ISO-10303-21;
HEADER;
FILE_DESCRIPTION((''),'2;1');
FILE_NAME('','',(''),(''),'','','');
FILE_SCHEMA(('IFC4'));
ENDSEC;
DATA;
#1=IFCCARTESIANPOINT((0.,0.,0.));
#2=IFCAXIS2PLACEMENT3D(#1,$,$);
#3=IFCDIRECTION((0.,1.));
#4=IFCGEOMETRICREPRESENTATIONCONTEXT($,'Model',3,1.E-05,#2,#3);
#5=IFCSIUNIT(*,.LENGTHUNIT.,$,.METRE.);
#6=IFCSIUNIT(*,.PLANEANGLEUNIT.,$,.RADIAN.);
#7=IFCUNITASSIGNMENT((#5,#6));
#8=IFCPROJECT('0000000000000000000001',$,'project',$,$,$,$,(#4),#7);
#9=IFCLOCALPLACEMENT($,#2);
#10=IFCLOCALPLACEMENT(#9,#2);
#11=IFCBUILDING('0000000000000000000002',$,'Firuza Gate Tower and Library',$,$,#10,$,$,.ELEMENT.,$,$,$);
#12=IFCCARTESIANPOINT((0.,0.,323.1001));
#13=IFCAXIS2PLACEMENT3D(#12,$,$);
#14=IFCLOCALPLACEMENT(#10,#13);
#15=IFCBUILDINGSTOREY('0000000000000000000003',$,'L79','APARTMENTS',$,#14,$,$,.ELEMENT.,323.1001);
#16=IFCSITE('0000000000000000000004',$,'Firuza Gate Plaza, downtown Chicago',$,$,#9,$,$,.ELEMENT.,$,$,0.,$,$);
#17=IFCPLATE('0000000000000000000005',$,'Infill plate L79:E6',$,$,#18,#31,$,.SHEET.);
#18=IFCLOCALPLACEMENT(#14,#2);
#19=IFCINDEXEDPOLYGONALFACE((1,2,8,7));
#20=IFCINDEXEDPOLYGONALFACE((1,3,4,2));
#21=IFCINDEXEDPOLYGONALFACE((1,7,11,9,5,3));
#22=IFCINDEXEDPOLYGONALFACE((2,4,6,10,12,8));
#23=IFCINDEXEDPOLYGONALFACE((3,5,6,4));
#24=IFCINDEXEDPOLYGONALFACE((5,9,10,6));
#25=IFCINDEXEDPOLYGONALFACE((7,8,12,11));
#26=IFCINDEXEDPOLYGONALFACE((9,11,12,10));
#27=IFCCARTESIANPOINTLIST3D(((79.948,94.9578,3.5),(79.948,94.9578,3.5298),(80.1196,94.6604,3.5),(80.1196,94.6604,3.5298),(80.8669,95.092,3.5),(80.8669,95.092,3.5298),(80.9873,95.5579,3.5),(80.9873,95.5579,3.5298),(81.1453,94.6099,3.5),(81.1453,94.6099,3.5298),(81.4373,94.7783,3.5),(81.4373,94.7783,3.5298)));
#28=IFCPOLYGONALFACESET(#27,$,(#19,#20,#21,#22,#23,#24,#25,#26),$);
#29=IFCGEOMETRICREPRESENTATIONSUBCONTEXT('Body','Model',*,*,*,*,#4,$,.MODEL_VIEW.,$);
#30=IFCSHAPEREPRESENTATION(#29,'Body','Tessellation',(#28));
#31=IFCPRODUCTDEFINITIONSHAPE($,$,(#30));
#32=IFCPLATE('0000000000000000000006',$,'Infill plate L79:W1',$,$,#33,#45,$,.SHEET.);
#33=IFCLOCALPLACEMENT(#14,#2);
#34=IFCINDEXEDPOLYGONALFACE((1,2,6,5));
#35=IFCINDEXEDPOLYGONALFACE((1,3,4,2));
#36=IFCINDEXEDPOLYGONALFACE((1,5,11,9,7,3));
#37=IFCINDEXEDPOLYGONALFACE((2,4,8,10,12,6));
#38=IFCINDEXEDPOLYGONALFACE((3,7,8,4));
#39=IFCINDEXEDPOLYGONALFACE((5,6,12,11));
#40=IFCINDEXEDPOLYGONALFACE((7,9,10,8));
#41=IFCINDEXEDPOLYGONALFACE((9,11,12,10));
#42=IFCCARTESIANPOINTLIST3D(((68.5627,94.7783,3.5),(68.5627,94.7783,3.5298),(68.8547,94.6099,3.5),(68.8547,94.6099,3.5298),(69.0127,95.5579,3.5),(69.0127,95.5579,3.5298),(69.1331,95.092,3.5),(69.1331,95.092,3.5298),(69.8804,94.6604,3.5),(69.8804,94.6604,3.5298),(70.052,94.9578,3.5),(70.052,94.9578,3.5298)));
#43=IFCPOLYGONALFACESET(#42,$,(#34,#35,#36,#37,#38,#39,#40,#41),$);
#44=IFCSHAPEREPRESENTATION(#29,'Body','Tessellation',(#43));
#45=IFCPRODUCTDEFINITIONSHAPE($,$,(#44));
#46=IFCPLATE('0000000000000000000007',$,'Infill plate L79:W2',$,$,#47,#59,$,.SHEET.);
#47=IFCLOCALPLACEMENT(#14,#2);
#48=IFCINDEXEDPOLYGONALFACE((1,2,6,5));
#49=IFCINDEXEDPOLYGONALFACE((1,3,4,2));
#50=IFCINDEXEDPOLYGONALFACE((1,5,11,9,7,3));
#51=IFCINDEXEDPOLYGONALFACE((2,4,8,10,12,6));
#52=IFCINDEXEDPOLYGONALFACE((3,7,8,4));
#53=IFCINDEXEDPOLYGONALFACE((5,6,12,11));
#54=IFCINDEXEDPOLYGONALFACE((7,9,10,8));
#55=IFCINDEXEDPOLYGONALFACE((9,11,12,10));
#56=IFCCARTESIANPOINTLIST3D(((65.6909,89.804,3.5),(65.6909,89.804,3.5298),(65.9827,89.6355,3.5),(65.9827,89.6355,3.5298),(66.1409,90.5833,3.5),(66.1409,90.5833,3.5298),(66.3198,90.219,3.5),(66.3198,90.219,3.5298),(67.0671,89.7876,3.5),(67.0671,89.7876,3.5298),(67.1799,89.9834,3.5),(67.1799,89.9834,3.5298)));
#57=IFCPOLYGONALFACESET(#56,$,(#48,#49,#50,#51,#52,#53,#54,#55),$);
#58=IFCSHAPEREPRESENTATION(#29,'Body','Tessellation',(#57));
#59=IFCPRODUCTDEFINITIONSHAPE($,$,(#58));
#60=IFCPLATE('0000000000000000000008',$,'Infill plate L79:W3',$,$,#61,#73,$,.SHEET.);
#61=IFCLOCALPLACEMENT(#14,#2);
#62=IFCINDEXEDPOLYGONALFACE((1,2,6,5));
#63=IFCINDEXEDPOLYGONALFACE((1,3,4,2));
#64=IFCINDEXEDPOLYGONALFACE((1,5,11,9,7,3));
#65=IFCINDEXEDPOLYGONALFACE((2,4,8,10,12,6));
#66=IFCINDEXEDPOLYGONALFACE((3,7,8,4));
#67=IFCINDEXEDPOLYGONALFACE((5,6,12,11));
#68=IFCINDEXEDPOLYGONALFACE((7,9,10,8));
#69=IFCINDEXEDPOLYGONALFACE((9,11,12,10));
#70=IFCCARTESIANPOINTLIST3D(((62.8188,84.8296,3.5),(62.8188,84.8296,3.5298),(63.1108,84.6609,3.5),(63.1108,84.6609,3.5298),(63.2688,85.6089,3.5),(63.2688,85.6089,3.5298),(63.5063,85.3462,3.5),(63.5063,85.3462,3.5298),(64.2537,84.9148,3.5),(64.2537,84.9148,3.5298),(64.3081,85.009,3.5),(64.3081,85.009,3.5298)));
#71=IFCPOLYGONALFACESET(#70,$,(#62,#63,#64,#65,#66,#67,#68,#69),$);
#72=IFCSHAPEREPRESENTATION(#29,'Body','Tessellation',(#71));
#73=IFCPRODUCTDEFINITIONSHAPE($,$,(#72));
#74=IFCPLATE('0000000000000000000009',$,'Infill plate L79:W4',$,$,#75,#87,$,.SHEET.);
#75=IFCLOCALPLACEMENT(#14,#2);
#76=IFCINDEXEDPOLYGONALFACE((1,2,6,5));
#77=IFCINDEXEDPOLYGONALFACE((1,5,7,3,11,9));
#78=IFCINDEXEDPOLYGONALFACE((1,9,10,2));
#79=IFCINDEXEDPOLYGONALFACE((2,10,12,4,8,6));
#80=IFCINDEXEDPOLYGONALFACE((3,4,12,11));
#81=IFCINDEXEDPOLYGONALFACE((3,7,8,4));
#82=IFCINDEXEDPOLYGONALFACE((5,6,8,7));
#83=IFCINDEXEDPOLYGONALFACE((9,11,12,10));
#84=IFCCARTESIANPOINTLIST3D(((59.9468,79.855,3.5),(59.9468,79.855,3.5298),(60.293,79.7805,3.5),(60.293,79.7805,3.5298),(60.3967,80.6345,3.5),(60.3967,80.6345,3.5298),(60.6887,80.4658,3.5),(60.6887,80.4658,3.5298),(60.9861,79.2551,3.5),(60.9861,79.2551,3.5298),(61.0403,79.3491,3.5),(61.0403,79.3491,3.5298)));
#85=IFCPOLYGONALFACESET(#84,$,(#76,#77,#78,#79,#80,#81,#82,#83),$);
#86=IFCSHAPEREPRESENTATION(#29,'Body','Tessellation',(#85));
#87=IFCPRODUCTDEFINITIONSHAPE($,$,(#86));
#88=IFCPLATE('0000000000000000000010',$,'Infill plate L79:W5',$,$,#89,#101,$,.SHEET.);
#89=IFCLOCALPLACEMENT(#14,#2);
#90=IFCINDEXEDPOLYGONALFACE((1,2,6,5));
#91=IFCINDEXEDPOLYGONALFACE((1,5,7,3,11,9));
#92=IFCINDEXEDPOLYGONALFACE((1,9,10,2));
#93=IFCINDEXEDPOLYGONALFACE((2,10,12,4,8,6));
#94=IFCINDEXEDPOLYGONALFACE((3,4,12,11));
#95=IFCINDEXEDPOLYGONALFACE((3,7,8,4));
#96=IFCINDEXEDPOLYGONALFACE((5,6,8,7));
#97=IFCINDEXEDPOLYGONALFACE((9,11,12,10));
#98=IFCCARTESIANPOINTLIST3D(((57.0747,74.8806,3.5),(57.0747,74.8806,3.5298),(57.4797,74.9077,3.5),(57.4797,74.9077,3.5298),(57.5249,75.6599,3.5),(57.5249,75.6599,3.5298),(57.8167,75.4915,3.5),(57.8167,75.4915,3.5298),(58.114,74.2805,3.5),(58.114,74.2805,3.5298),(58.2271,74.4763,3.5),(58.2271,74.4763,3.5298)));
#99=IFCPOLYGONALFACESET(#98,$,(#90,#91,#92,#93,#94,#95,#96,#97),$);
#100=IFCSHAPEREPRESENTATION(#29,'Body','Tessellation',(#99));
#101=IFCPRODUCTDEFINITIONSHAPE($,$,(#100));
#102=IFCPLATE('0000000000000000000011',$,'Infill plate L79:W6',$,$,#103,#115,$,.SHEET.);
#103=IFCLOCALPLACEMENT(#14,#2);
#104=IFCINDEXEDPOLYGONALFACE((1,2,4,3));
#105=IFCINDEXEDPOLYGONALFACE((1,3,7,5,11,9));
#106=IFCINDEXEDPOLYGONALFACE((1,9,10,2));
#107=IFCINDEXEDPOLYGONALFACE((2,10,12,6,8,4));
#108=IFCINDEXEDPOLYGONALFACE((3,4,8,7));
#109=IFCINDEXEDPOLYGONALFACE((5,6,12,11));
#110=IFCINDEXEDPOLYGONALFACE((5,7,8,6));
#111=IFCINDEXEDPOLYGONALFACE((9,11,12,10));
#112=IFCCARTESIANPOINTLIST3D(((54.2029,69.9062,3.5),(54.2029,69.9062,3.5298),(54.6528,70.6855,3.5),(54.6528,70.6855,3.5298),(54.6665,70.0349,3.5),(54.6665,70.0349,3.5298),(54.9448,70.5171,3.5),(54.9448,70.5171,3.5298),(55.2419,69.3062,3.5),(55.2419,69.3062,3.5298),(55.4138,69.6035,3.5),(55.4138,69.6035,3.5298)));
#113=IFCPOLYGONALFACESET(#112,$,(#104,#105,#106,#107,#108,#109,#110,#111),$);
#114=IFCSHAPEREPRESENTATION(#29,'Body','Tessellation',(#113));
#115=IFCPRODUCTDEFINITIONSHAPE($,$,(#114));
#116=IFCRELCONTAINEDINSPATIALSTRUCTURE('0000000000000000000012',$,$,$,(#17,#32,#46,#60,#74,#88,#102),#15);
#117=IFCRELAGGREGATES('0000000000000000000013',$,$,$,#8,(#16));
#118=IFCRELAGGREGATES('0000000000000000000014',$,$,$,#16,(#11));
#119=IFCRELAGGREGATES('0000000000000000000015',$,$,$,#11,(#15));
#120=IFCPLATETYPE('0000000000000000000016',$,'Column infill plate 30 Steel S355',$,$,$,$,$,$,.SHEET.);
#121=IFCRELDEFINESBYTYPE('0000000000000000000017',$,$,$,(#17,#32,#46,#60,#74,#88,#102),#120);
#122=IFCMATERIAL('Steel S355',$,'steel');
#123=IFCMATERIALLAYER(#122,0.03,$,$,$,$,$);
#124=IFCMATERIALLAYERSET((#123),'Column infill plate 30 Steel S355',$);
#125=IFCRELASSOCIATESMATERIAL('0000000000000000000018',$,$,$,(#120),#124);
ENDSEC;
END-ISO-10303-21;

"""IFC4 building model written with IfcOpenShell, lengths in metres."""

from ifc_helpers import new_model, si_unit, direction, frame, origin, place, context, subcontext, project, spatial, polyline, outline, extrude, material, layer, layer_set, type_object, element, save


model = new_model("IFC4")

# Units and contexts
model_context = context("Model", 3, precision=1e-05, world=origin(), true_north=direction((0.0, 1.0)))
body_context = subcontext(model_context, "Body", "Model", "MODEL_VIEW")
ifc_project = project(units=[si_unit("LENGTHUNIT", "METRE"), si_unit("PLANEANGLEUNIT", "RADIAN")], contexts=[model_context])

# Site, building, storey
site_placement = place(None, origin())
site = spatial("IfcSite", under=ifc_project, at=site_placement, Name="Firuza Gate Plaza, downtown Chicago", CompositionType="ELEMENT", RefElevation=0.0)
building_placement = place(site_placement, origin())
building = spatial("IfcBuilding", under=site, at=building_placement, Name="Firuza Gate Tower and Library", CompositionType="ELEMENT")
storey_placement = place(building_placement, frame((0.0, 0.0, 323.1001)))
storey = spatial("IfcBuildingStorey", under=building, at=storey_placement, Name="L79", Description="APARTMENTS", CompositionType="ELEMENT", Elevation=323.1001)

# Plates
ifc_material_1 = material(Name="Steel S355", Category="steel")
ifc_layer_1 = layer(ifc_material_1, 0.03)
ifc_layer_set_1 = layer_set([ifc_layer_1], Name="Column infill plate 30 Steel S355")
plate_type_1 = type_object("IfcPlateType", Name="Column infill plate 30 Steel S355", PredefinedType="SHEET", material=ifc_layer_set_1)
placement_1 = place(storey_placement, frame((0.0, 0.0, 3.5)))
element("IfcPlate", 1, at=placement_1, inside=storey, type_object=plate_type_1, Name="Infill plate L79:E6", PredefinedType="SHEET", context=body_context, shape_type="SweptSolid", body=[
    extrude(outline(polyline([(79.948, 94.9578), (80.1196, 94.6604), (80.8669, 95.092), (81.1453, 94.6099), (81.4373, 94.7783), (80.9873, 95.5579), (79.948, 94.9578)])), origin(), (0.0, 0.0, 1.0), 0.0298),
])
element("IfcPlate", 2, at=placement_1, inside=storey, type_object=plate_type_1, Name="Infill plate L79:W1", PredefinedType="SHEET", context=body_context, shape_type="SweptSolid", body=[
    extrude(outline(polyline([(68.5627, 94.7783), (68.8547, 94.6099), (69.1331, 95.092), (69.8804, 94.6604), (70.052, 94.9578), (69.0127, 95.5579), (68.5627, 94.7783)])), origin(), (0.0, 0.0, 1.0), 0.0298),
])
element("IfcPlate", 3, at=placement_1, inside=storey, type_object=plate_type_1, Name="Infill plate L79:W2", PredefinedType="SHEET", context=body_context, shape_type="SweptSolid", body=[
    extrude(outline(polyline([(65.6909, 89.804), (65.9827, 89.6355), (66.3198, 90.219), (67.0671, 89.7876), (67.1799, 89.9834), (66.1409, 90.5833), (65.6909, 89.804)])), origin(), (0.0, 0.0, 1.0), 0.0298),
])
element("IfcPlate", 4, at=placement_1, inside=storey, type_object=plate_type_1, Name="Infill plate L79:W3", PredefinedType="SHEET", context=body_context, shape_type="SweptSolid", body=[
    extrude(outline(polyline([(62.8188, 84.8296), (63.1108, 84.6609), (63.5063, 85.3462), (64.2537, 84.9148), (64.3081, 85.009), (63.2688, 85.6089), (62.8188, 84.8296)])), origin(), (0.0, 0.0, 1.0), 0.0298),
])
element("IfcPlate", 5, at=placement_1, inside=storey, type_object=plate_type_1, Name="Infill plate L79:W4", PredefinedType="SHEET", context=body_context, shape_type="SweptSolid", body=[
    extrude(outline(polyline([(60.9861, 79.2551), (61.0403, 79.3491), (60.293, 79.7805), (60.6887, 80.4658), (60.3967, 80.6345), (59.9468, 79.855), (60.9861, 79.2551)])), origin(), (0.0, 0.0, 1.0), 0.0298),
])
element("IfcPlate", 6, at=placement_1, inside=storey, type_object=plate_type_1, Name="Infill plate L79:W5", PredefinedType="SHEET", context=body_context, shape_type="SweptSolid", body=[
    extrude(outline(polyline([(58.114, 74.2805), (58.2271, 74.4763), (57.4797, 74.9077), (57.8167, 75.4915), (57.5249, 75.6599), (57.0747, 74.8806), (58.114, 74.2805)])), origin(), (0.0, 0.0, 1.0), 0.0298),
])
element("IfcPlate", 7, at=placement_1, inside=storey, type_object=plate_type_1, Name="Infill plate L79:W6", PredefinedType="SHEET", context=body_context, shape_type="SweptSolid", body=[
    extrude(outline(polyline([(55.2419, 69.3062), (55.4138, 69.6035), (54.6665, 70.0349), (54.9448, 70.5171), (54.6528, 70.6855), (54.2029, 69.9062), (55.2419, 69.3062)])), origin(), (0.0, 0.0, 1.0), 0.0298),
])

save(model, "model.ifc")
